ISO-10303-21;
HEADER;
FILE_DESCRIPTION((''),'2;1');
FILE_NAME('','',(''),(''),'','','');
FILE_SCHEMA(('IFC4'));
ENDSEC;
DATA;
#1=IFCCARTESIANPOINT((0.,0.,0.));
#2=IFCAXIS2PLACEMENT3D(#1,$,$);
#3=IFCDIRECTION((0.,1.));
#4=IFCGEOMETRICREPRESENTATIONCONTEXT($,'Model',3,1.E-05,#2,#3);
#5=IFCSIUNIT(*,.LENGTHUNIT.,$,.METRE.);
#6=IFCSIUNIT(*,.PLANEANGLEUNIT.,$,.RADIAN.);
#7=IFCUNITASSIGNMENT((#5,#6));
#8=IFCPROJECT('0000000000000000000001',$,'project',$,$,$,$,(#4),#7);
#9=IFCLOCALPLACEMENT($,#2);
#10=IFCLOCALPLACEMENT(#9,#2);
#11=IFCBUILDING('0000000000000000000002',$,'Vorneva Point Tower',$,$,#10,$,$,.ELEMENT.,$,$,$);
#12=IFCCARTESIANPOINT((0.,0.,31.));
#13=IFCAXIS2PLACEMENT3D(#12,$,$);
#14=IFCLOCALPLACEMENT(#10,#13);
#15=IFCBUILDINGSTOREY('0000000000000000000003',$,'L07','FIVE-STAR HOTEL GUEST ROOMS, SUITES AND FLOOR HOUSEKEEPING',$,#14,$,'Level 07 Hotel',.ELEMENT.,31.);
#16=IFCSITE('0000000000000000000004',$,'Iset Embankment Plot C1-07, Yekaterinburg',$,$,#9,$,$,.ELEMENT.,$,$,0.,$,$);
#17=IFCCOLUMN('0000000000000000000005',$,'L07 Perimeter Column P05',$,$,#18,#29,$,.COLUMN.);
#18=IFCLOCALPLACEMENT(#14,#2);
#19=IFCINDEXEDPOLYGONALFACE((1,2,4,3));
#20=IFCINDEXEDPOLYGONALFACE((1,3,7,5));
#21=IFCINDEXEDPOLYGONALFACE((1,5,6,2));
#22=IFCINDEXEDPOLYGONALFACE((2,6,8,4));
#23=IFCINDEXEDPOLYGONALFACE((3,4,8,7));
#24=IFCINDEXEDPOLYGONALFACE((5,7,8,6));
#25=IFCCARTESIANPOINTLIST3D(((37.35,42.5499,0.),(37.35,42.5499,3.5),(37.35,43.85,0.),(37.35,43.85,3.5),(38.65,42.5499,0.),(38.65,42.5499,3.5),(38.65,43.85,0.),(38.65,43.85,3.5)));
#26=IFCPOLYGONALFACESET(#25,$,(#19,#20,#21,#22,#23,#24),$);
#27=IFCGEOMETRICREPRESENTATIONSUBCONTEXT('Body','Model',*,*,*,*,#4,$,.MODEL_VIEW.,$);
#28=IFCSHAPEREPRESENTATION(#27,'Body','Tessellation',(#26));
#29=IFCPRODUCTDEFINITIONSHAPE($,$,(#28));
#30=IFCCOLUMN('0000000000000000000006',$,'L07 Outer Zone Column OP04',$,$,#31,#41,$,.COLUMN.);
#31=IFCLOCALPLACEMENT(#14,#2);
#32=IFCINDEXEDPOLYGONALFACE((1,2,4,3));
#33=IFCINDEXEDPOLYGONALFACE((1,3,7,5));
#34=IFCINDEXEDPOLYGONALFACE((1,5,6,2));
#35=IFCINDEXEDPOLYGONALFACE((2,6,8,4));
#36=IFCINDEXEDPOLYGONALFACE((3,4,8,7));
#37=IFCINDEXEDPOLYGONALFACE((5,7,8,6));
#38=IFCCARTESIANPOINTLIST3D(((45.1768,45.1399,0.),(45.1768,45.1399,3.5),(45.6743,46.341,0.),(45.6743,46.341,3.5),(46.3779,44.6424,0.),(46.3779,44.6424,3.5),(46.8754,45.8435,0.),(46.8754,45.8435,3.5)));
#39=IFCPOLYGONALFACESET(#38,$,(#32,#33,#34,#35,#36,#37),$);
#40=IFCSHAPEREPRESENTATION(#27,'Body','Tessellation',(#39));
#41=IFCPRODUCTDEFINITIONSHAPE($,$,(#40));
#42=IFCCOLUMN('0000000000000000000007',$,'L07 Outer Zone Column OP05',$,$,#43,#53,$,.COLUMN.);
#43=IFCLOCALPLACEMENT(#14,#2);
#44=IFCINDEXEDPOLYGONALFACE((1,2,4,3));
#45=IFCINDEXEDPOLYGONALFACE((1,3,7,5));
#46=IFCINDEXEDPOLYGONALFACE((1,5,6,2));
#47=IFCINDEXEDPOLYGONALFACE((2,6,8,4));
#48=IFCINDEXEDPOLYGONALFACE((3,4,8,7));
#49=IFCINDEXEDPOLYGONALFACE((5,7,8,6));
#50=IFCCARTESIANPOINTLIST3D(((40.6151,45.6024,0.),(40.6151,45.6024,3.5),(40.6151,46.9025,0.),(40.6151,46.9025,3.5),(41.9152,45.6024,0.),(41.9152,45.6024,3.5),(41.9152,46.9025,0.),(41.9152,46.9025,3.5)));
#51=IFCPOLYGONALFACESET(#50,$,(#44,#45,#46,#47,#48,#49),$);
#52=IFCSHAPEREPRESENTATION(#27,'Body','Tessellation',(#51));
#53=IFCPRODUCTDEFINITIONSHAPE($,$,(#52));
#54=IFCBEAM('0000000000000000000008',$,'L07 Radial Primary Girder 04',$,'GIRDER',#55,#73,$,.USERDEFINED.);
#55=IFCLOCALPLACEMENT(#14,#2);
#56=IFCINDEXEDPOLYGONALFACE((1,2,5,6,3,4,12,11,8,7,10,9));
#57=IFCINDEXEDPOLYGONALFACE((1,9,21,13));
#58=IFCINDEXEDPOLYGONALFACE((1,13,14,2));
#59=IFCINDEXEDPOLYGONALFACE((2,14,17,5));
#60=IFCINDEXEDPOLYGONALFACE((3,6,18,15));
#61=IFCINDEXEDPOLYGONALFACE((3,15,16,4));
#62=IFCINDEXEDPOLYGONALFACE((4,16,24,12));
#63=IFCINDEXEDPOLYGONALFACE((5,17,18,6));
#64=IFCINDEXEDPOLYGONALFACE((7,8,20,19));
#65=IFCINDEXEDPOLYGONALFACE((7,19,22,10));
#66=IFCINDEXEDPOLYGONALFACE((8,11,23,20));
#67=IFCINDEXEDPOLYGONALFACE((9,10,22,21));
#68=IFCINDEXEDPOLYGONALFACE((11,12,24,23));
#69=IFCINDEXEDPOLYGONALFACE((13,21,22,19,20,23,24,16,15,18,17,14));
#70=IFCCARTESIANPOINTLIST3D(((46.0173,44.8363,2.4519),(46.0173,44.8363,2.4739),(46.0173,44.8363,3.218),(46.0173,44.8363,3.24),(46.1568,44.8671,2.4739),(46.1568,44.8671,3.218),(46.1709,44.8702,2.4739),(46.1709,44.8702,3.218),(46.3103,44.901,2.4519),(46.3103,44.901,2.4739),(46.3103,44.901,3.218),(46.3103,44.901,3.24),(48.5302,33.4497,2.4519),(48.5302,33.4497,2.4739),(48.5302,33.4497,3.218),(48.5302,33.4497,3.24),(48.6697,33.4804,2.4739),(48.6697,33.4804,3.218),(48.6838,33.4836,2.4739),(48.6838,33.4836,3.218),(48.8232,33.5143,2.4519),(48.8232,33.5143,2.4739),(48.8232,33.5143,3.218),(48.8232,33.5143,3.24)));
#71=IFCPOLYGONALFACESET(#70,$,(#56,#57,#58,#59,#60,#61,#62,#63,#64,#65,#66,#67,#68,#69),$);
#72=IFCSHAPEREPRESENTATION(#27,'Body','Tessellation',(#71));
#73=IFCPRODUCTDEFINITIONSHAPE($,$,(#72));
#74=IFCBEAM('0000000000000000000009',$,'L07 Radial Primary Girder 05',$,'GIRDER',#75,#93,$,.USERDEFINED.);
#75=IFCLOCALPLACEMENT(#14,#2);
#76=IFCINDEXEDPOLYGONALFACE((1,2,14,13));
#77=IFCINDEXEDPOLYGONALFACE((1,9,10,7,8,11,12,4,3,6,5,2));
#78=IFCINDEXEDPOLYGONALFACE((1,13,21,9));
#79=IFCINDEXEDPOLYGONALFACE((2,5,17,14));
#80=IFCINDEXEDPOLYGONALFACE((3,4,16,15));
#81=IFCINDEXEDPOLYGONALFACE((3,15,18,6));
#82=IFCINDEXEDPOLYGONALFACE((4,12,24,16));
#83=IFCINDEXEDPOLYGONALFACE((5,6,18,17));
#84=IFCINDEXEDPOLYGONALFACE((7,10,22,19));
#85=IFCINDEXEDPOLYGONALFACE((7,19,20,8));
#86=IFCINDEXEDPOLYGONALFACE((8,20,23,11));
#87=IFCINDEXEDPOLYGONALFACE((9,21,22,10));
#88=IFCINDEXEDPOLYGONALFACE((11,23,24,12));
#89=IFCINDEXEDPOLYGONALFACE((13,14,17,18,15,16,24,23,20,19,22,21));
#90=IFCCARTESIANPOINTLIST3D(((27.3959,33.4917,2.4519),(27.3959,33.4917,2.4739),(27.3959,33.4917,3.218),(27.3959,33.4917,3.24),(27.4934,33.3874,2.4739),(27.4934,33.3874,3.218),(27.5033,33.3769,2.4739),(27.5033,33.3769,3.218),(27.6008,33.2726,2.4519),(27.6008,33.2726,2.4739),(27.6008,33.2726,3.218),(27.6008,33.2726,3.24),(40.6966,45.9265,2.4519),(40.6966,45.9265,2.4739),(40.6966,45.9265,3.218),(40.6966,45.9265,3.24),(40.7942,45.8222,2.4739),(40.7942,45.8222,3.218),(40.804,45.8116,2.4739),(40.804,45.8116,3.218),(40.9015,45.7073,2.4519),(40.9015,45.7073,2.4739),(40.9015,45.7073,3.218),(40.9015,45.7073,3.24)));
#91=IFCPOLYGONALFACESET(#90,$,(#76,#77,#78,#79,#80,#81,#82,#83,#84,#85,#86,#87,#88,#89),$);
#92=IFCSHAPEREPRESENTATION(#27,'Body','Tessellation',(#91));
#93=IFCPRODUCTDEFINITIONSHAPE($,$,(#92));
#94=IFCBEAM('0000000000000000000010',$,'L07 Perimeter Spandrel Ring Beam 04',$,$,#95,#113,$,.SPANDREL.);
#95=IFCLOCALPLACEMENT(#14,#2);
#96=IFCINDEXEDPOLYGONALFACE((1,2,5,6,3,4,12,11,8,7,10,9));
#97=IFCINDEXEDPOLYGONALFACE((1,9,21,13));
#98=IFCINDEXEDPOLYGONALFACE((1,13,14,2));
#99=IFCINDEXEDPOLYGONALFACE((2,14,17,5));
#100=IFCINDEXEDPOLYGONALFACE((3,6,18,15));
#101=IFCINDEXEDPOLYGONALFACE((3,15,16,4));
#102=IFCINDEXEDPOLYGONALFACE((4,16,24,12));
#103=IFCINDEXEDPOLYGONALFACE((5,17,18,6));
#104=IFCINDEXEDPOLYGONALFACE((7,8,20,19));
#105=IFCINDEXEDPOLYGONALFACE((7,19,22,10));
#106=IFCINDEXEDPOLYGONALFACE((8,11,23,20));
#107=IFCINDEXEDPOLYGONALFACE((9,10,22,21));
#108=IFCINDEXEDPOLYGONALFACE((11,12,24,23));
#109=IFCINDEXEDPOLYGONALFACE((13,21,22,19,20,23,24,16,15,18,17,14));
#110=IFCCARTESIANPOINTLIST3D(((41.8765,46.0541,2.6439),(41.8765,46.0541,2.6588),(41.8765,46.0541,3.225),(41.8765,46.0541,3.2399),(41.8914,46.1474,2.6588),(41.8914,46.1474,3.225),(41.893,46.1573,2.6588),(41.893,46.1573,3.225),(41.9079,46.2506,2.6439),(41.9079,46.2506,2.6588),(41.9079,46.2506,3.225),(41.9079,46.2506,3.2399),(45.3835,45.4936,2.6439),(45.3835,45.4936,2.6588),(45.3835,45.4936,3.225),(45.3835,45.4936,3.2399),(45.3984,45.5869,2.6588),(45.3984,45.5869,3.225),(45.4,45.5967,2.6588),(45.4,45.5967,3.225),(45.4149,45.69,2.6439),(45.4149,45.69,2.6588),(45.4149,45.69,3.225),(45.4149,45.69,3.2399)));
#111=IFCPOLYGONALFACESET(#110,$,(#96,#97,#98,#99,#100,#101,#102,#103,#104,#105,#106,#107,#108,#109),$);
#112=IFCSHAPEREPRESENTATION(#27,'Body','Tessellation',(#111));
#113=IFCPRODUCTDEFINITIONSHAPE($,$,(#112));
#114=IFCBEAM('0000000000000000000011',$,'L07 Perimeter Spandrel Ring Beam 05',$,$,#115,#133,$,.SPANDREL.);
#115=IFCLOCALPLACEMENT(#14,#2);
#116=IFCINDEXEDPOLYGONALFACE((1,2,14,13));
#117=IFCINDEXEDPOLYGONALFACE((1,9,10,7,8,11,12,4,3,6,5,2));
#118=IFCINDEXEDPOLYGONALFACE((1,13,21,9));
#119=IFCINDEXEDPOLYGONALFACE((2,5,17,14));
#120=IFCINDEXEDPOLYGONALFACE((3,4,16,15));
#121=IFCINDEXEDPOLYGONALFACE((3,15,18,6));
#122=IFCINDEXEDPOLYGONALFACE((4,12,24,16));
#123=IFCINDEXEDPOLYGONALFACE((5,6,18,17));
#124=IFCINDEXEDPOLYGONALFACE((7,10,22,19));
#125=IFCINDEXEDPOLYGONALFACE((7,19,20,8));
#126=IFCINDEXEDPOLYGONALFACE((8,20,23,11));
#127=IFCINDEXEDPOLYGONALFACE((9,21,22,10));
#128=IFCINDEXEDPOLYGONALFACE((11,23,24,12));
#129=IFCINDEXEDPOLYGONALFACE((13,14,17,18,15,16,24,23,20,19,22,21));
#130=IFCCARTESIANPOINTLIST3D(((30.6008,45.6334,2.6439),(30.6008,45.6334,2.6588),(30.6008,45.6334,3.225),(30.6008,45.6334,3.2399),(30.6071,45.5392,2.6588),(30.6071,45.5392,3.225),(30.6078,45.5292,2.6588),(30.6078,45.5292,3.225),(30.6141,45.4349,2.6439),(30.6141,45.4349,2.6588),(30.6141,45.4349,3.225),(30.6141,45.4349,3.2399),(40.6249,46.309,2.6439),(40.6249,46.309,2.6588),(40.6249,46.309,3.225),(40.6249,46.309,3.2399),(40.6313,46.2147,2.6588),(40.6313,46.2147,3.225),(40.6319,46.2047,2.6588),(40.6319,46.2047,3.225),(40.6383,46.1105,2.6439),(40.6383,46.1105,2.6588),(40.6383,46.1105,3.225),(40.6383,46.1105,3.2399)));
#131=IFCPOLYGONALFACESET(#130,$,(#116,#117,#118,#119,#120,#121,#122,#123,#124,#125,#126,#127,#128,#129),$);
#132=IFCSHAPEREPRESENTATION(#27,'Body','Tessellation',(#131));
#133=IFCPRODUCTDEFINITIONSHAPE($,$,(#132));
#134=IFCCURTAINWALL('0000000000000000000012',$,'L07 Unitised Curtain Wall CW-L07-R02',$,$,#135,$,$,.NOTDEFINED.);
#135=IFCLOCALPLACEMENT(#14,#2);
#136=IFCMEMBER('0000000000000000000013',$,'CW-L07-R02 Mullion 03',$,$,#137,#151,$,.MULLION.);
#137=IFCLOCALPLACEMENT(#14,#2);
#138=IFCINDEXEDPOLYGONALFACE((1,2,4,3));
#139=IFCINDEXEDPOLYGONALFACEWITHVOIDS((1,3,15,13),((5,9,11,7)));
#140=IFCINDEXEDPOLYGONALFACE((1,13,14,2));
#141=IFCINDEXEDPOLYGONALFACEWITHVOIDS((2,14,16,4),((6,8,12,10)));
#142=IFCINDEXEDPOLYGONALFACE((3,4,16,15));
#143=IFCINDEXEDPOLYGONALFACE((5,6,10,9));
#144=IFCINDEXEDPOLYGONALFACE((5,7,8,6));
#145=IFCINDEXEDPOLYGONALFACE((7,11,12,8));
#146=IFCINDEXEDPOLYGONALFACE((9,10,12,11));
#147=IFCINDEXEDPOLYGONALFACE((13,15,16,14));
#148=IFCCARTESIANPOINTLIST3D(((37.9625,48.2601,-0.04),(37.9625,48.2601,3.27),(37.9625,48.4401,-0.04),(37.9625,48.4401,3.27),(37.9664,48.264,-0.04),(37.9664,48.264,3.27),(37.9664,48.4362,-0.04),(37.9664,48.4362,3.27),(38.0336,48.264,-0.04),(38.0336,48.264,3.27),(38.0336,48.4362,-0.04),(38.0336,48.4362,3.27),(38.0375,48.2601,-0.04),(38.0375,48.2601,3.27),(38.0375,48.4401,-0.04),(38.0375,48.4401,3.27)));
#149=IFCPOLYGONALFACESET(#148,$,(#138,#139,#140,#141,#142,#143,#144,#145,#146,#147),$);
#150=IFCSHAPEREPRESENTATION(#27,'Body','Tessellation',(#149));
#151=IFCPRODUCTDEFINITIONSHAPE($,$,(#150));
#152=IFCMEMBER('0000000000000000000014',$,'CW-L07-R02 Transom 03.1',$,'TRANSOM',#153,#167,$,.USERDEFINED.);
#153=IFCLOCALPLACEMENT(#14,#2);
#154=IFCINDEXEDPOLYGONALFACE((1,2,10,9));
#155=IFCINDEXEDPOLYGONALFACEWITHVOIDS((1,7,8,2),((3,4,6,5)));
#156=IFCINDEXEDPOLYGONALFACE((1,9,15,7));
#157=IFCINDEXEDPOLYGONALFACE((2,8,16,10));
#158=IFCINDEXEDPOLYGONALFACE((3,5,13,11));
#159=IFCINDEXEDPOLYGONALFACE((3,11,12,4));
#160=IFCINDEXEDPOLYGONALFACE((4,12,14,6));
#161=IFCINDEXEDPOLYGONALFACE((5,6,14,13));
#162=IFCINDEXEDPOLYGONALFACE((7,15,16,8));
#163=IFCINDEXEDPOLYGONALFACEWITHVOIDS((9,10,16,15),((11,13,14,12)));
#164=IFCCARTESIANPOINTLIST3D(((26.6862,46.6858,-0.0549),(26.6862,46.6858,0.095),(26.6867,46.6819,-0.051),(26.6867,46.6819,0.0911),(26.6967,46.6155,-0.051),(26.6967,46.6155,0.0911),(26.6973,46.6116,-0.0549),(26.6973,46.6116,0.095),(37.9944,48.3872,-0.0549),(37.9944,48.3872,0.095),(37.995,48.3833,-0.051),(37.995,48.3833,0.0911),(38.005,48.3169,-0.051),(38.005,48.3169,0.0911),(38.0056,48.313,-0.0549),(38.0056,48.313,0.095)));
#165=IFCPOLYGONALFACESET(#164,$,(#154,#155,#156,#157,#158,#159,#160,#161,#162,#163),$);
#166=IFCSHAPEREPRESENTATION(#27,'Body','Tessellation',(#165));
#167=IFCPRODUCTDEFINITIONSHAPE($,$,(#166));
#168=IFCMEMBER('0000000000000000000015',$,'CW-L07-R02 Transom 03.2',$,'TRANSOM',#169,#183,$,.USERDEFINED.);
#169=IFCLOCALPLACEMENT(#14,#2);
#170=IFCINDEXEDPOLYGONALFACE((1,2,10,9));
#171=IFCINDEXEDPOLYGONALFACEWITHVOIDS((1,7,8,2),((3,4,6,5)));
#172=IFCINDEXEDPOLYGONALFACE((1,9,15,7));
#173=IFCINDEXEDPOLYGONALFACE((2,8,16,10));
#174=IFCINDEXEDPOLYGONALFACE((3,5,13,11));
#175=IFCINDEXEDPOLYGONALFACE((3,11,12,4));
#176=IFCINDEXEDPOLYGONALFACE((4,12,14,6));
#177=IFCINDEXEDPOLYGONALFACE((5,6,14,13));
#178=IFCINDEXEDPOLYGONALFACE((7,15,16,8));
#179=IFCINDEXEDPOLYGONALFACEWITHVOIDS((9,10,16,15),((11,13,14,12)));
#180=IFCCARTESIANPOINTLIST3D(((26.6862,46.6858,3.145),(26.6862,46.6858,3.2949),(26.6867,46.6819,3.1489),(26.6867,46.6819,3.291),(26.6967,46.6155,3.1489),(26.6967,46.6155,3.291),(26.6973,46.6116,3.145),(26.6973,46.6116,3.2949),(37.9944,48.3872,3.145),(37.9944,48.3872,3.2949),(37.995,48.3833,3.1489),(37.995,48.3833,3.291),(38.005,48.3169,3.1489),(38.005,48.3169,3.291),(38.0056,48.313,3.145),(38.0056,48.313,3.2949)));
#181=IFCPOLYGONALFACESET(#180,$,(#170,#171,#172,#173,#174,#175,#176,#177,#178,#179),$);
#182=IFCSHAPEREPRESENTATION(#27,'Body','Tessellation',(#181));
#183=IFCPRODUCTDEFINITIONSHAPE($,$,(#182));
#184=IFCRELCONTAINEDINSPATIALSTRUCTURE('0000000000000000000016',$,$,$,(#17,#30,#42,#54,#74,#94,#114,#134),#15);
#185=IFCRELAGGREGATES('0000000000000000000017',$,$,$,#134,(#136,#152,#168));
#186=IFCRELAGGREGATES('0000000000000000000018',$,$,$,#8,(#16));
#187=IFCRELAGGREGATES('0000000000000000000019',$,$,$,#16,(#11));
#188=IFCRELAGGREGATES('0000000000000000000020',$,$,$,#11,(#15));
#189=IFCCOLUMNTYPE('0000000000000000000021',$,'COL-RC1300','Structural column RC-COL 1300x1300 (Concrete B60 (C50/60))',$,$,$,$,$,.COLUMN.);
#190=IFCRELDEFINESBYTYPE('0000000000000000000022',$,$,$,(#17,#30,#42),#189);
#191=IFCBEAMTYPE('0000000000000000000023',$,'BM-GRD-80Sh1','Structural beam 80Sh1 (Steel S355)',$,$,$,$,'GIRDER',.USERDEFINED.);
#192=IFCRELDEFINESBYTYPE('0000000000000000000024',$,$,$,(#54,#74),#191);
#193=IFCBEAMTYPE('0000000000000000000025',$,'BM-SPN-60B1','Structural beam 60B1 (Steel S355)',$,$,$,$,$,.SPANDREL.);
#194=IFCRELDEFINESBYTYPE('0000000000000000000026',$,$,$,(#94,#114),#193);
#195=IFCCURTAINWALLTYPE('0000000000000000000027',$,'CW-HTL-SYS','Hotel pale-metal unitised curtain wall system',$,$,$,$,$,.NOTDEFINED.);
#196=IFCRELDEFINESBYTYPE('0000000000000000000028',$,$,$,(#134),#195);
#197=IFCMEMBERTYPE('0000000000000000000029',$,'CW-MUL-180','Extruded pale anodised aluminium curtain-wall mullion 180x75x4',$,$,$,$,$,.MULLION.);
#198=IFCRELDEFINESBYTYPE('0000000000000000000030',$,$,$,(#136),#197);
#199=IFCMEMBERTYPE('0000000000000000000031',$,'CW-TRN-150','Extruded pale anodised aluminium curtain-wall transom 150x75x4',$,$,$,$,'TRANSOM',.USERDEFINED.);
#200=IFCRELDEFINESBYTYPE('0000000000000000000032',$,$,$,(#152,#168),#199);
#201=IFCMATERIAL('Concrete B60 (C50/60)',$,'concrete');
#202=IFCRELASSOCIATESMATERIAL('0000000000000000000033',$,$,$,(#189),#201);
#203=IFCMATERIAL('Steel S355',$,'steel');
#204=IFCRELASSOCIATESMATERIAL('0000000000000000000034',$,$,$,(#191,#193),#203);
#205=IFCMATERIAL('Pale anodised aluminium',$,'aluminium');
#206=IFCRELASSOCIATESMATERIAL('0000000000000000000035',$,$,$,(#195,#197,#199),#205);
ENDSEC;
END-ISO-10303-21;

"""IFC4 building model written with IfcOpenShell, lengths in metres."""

from ifc_helpers import new_model, si_unit, direction, frame, origin, origin_2d, place, context, subcontext, project, spatial, rectangle, hollow_rectangle, i_section, extrude, material, material_profile, profile_set, type_object, element, aggregate, save


model = new_model("IFC4")

# Units and contexts
model_context = context("Model", 3, precision=1e-05, world=origin(), true_north=direction((0.0, 1.0)))
body_context = subcontext(model_context, "Body", "Model", "MODEL_VIEW")
ifc_project = project(units=[si_unit("LENGTHUNIT", "METRE"), si_unit("PLANEANGLEUNIT", "RADIAN")], contexts=[model_context])

# Site, building, storey
site_placement = place(None, origin())
site = spatial("IfcSite", under=ifc_project, at=site_placement, Name="Iset Embankment Plot C1-07, Yekaterinburg", CompositionType="ELEMENT", RefElevation=0.0)
building_placement = place(site_placement, origin())
building = spatial("IfcBuilding", under=site, at=building_placement, Name="Vorneva Point Tower", CompositionType="ELEMENT")
storey_placement = place(building_placement, frame((0.0, 0.0, 31.0)))
storey = spatial("IfcBuildingStorey", under=building, at=storey_placement, Name="L07", Description="FIVE-STAR HOTEL GUEST ROOMS, SUITES AND FLOOR HOUSEKEEPING", LongName="Level 07 Hotel", CompositionType="ELEMENT", Elevation=31.0)

# Columns
ifc_material_1 = material(Name="Concrete B60 (C50/60)", Category="concrete")
ifc_material_profile_1 = material_profile(ifc_material_1, rectangle(XDim=1.3, YDim=1.3, at=origin_2d()), Name="RC-COL 1300x1300")
ifc_profile_set_1 = profile_set([ifc_material_profile_1], Name="Concrete B60 (C50/60)")
column_type = type_object("IfcColumnType", Name="COL-RC1300", Description="Structural column RC-COL 1300x1300 (Concrete B60 (C50/60))", PredefinedType="COLUMN", material=ifc_profile_set_1)
for number, where, z_axis, x_axis, name in (
    (1, (38.0, 43.2, 0.0), (0.0, 0.0, 1.0), (0.0, 1.0, 0.0), "L07 Perimeter Column P05"),
    (2, (46.0261, 45.4917, 0.0), (0.0, 0.0, 1.0), (0.382683, 0.92388, 0.0), "L07 Outer Zone Column OP04"),
    (3, (41.2651, 46.2524, 0.0), (0.0, 0.0, 1.0), (0.0, 1.0, 0.0), "L07 Outer Zone Column OP05"),
):
    element("IfcColumn", number, at=place(storey_placement, frame(where, z_axis=z_axis, x_axis=x_axis)), inside=storey, type_object=column_type, Name=name, PredefinedType="COLUMN", context=body_context, shape_type="SweptSolid", body=[
        extrude(rectangle(XDim=1.3, YDim=1.3, at=origin_2d()), origin(), (0.0, 0.0, 1.0), 3.5),
    ])

# Beams
ifc_material_2 = material(Name="Steel S355", Category="steel")
ifc_material_profile_2 = material_profile(ifc_material_2, i_section(OverallWidth=0.3, OverallDepth=0.7881, WebThickness=0.0144, FlangeThickness=0.022, at=origin_2d()), Name="80Sh1")
ifc_profile_set_2 = profile_set([ifc_material_profile_2], Name="Steel S355")
beam_type_1 = type_object("IfcBeamType", Name="BM-GRD-80Sh1", Description="Structural beam 80Sh1 (Steel S355)", ElementType="GIRDER", PredefinedType="USERDEFINED", material=ifc_profile_set_2)
beam_1_placement = place(storey_placement, frame((46.1638, 44.8687, 2.8459), z_axis=(0.215505, -0.976503, 0.0), x_axis=(0.976503, 0.215505, 0.0)))
element("IfcBeam", 4, at=beam_1_placement, inside=storey, type_object=beam_type_1, Name="L07 Radial Primary Girder 04", ObjectType="GIRDER", PredefinedType="USERDEFINED", context=body_context, shape_type="SweptSolid", body=[
    extrude(i_section(OverallWidth=0.3, OverallDepth=0.7881, WebThickness=0.0144, FlangeThickness=0.022, at=origin_2d()), origin(), (0.0, 0.0, 1.0), 11.6606),
])
beam_2_placement = place(storey_placement, frame((40.7991, 45.8169, 2.8459), z_axis=(-0.730487, -0.682927, 0.0), x_axis=(0.682927, -0.730487, 0.0)))
element("IfcBeam", 5, at=beam_2_placement, inside=storey, type_object=beam_type_1, Name="L07 Radial Primary Girder 05", ObjectType="GIRDER", PredefinedType="USERDEFINED", context=body_context, shape_type="SweptSolid", body=[
    extrude(i_section(OverallWidth=0.3, OverallDepth=0.7881, WebThickness=0.0144, FlangeThickness=0.022, at=origin_2d()), origin(), (0.0, 0.0, 1.0), 18.208),
])
ifc_material_profile_3 = material_profile(ifc_material_2, i_section(OverallWidth=0.199, OverallDepth=0.5959, WebThickness=0.01, FlangeThickness=0.0149, at=origin_2d()), Name="60B1")
ifc_profile_set_3 = profile_set([ifc_material_profile_3], Name="Steel S355")
beam_type_2 = type_object("IfcBeamType", Name="BM-SPN-60B1", Description="Structural beam 60B1 (Steel S355)", PredefinedType="SPANDREL", material=ifc_profile_set_3)
beam_3_placement = place(storey_placement, frame((45.3992, 45.5918, 2.9419), z_axis=(-0.987466, 0.15783, 0.0), x_axis=(-0.15783, -0.987466, 0.0)))
element("IfcBeam", 6, at=beam_3_placement, inside=storey, type_object=beam_type_2, Name="L07 Perimeter Spandrel Ring Beam 04", PredefinedType="SPANDREL", context=body_context, shape_type="SweptSolid", body=[
    extrude(i_section(OverallWidth=0.199, OverallDepth=0.5959, WebThickness=0.01, FlangeThickness=0.0149, at=origin_2d()), origin(), (0.0, 0.0, 1.0), 3.5515),
])
beam_4_placement = place(storey_placement, frame((40.6316, 46.2097, 2.9419), z_axis=(-0.997737, -0.067238, 0.0), x_axis=(0.067238, -0.997737, 0.0)))
element("IfcBeam", 7, at=beam_4_placement, inside=storey, type_object=beam_type_2, Name="L07 Perimeter Spandrel Ring Beam 05", PredefinedType="SPANDREL", context=body_context, shape_type="SweptSolid", body=[
    extrude(i_section(OverallWidth=0.199, OverallDepth=0.5959, WebThickness=0.01, FlangeThickness=0.0149, at=origin_2d()), origin(), (0.0, 0.0, 1.0), 10.0469),
])

# Curtain wall, members
ifc_material_3 = material(Name="Pale anodised aluminium", Category="aluminium")
curtain_wall_type = type_object("IfcCurtainWallType", Name="CW-HTL-SYS", Description="Hotel pale-metal unitised curtain wall system", PredefinedType="NOTDEFINED", material=ifc_material_3)
curtain_wall_placement = place(storey_placement, origin())
curtain_wall = element("IfcCurtainWall", 8, at=curtain_wall_placement, inside=storey, type_object=curtain_wall_type, Name="L07 Unitised Curtain Wall CW-L07-R02", PredefinedType="NOTDEFINED")
ifc_material_profile_4 = material_profile(ifc_material_3, hollow_rectangle(XDim=0.075, YDim=0.1799, WallThickness=0.0039, at=origin_2d()), Name="AL-MUL 180x75x4")
ifc_profile_set_4 = profile_set([ifc_material_profile_4], Name="Pale anodised aluminium")
member_type_1 = type_object("IfcMemberType", Name="CW-MUL-180", Description="Extruded pale anodised aluminium curtain-wall mullion 180x75x4", PredefinedType="MULLION", material=ifc_profile_set_4)
member_1_placement = place(storey_placement, frame((38.0, 48.3501, -0.04), z_axis=(0.0, 0.0, 1.0), x_axis=(1.0, 0.0, 0.0)))
member_1 = element("IfcMember", 9, at=member_1_placement, type_object=member_type_1, Name="CW-L07-R02 Mullion 03", PredefinedType="MULLION", context=body_context, shape_type="SweptSolid", body=[
    extrude(hollow_rectangle(XDim=0.075, YDim=0.1799, WallThickness=0.0039, at=origin_2d()), origin(), (0.0, 0.0, 1.0), 3.3101),
])
ifc_material_profile_5 = material_profile(ifc_material_3, hollow_rectangle(XDim=0.075, YDim=0.1499, WallThickness=0.0039, at=origin_2d()), Name="AL-TRN 150x75x4")
ifc_profile_set_5 = profile_set([ifc_material_profile_5], Name="Pale anodised aluminium")
member_type_2 = type_object("IfcMemberType", Name="CW-TRN-150", Description="Extruded pale anodised aluminium curtain-wall transom 150x75x4", ElementType="TRANSOM", PredefinedType="USERDEFINED", material=ifc_profile_set_5)
member_2_placement = place(storey_placement, frame((38.0, 48.3501, 0.02), z_axis=(-0.98887, -0.148782, 0.0), x_axis=(0.148782, -0.98887, 0.0)))
member_2 = element("IfcMember", 10, at=member_2_placement, type_object=member_type_2, Name="CW-L07-R02 Transom 03.1", ObjectType="TRANSOM", PredefinedType="USERDEFINED", context=body_context, shape_type="SweptSolid", body=[
    extrude(hollow_rectangle(XDim=0.075, YDim=0.1499, WallThickness=0.0039, at=origin_2d()), origin(), (0.0, 0.0, 1.0), 11.4355),
])
member_3_placement = place(storey_placement, frame((38.0, 48.3501, 3.22), z_axis=(-0.98887, -0.148782, 0.0), x_axis=(0.148782, -0.98887, 0.0)))
member_3 = element("IfcMember", 11, at=member_3_placement, type_object=member_type_2, Name="CW-L07-R02 Transom 03.2", ObjectType="TRANSOM", PredefinedType="USERDEFINED", context=body_context, shape_type="SweptSolid", body=[
    extrude(hollow_rectangle(XDim=0.075, YDim=0.1499, WallThickness=0.0039, at=origin_2d()), origin(), (0.0, 0.0, 1.0), 11.4355),
])
aggregate(curtain_wall, [member_1, member_2, member_3])

save(model, "model.ifc")
